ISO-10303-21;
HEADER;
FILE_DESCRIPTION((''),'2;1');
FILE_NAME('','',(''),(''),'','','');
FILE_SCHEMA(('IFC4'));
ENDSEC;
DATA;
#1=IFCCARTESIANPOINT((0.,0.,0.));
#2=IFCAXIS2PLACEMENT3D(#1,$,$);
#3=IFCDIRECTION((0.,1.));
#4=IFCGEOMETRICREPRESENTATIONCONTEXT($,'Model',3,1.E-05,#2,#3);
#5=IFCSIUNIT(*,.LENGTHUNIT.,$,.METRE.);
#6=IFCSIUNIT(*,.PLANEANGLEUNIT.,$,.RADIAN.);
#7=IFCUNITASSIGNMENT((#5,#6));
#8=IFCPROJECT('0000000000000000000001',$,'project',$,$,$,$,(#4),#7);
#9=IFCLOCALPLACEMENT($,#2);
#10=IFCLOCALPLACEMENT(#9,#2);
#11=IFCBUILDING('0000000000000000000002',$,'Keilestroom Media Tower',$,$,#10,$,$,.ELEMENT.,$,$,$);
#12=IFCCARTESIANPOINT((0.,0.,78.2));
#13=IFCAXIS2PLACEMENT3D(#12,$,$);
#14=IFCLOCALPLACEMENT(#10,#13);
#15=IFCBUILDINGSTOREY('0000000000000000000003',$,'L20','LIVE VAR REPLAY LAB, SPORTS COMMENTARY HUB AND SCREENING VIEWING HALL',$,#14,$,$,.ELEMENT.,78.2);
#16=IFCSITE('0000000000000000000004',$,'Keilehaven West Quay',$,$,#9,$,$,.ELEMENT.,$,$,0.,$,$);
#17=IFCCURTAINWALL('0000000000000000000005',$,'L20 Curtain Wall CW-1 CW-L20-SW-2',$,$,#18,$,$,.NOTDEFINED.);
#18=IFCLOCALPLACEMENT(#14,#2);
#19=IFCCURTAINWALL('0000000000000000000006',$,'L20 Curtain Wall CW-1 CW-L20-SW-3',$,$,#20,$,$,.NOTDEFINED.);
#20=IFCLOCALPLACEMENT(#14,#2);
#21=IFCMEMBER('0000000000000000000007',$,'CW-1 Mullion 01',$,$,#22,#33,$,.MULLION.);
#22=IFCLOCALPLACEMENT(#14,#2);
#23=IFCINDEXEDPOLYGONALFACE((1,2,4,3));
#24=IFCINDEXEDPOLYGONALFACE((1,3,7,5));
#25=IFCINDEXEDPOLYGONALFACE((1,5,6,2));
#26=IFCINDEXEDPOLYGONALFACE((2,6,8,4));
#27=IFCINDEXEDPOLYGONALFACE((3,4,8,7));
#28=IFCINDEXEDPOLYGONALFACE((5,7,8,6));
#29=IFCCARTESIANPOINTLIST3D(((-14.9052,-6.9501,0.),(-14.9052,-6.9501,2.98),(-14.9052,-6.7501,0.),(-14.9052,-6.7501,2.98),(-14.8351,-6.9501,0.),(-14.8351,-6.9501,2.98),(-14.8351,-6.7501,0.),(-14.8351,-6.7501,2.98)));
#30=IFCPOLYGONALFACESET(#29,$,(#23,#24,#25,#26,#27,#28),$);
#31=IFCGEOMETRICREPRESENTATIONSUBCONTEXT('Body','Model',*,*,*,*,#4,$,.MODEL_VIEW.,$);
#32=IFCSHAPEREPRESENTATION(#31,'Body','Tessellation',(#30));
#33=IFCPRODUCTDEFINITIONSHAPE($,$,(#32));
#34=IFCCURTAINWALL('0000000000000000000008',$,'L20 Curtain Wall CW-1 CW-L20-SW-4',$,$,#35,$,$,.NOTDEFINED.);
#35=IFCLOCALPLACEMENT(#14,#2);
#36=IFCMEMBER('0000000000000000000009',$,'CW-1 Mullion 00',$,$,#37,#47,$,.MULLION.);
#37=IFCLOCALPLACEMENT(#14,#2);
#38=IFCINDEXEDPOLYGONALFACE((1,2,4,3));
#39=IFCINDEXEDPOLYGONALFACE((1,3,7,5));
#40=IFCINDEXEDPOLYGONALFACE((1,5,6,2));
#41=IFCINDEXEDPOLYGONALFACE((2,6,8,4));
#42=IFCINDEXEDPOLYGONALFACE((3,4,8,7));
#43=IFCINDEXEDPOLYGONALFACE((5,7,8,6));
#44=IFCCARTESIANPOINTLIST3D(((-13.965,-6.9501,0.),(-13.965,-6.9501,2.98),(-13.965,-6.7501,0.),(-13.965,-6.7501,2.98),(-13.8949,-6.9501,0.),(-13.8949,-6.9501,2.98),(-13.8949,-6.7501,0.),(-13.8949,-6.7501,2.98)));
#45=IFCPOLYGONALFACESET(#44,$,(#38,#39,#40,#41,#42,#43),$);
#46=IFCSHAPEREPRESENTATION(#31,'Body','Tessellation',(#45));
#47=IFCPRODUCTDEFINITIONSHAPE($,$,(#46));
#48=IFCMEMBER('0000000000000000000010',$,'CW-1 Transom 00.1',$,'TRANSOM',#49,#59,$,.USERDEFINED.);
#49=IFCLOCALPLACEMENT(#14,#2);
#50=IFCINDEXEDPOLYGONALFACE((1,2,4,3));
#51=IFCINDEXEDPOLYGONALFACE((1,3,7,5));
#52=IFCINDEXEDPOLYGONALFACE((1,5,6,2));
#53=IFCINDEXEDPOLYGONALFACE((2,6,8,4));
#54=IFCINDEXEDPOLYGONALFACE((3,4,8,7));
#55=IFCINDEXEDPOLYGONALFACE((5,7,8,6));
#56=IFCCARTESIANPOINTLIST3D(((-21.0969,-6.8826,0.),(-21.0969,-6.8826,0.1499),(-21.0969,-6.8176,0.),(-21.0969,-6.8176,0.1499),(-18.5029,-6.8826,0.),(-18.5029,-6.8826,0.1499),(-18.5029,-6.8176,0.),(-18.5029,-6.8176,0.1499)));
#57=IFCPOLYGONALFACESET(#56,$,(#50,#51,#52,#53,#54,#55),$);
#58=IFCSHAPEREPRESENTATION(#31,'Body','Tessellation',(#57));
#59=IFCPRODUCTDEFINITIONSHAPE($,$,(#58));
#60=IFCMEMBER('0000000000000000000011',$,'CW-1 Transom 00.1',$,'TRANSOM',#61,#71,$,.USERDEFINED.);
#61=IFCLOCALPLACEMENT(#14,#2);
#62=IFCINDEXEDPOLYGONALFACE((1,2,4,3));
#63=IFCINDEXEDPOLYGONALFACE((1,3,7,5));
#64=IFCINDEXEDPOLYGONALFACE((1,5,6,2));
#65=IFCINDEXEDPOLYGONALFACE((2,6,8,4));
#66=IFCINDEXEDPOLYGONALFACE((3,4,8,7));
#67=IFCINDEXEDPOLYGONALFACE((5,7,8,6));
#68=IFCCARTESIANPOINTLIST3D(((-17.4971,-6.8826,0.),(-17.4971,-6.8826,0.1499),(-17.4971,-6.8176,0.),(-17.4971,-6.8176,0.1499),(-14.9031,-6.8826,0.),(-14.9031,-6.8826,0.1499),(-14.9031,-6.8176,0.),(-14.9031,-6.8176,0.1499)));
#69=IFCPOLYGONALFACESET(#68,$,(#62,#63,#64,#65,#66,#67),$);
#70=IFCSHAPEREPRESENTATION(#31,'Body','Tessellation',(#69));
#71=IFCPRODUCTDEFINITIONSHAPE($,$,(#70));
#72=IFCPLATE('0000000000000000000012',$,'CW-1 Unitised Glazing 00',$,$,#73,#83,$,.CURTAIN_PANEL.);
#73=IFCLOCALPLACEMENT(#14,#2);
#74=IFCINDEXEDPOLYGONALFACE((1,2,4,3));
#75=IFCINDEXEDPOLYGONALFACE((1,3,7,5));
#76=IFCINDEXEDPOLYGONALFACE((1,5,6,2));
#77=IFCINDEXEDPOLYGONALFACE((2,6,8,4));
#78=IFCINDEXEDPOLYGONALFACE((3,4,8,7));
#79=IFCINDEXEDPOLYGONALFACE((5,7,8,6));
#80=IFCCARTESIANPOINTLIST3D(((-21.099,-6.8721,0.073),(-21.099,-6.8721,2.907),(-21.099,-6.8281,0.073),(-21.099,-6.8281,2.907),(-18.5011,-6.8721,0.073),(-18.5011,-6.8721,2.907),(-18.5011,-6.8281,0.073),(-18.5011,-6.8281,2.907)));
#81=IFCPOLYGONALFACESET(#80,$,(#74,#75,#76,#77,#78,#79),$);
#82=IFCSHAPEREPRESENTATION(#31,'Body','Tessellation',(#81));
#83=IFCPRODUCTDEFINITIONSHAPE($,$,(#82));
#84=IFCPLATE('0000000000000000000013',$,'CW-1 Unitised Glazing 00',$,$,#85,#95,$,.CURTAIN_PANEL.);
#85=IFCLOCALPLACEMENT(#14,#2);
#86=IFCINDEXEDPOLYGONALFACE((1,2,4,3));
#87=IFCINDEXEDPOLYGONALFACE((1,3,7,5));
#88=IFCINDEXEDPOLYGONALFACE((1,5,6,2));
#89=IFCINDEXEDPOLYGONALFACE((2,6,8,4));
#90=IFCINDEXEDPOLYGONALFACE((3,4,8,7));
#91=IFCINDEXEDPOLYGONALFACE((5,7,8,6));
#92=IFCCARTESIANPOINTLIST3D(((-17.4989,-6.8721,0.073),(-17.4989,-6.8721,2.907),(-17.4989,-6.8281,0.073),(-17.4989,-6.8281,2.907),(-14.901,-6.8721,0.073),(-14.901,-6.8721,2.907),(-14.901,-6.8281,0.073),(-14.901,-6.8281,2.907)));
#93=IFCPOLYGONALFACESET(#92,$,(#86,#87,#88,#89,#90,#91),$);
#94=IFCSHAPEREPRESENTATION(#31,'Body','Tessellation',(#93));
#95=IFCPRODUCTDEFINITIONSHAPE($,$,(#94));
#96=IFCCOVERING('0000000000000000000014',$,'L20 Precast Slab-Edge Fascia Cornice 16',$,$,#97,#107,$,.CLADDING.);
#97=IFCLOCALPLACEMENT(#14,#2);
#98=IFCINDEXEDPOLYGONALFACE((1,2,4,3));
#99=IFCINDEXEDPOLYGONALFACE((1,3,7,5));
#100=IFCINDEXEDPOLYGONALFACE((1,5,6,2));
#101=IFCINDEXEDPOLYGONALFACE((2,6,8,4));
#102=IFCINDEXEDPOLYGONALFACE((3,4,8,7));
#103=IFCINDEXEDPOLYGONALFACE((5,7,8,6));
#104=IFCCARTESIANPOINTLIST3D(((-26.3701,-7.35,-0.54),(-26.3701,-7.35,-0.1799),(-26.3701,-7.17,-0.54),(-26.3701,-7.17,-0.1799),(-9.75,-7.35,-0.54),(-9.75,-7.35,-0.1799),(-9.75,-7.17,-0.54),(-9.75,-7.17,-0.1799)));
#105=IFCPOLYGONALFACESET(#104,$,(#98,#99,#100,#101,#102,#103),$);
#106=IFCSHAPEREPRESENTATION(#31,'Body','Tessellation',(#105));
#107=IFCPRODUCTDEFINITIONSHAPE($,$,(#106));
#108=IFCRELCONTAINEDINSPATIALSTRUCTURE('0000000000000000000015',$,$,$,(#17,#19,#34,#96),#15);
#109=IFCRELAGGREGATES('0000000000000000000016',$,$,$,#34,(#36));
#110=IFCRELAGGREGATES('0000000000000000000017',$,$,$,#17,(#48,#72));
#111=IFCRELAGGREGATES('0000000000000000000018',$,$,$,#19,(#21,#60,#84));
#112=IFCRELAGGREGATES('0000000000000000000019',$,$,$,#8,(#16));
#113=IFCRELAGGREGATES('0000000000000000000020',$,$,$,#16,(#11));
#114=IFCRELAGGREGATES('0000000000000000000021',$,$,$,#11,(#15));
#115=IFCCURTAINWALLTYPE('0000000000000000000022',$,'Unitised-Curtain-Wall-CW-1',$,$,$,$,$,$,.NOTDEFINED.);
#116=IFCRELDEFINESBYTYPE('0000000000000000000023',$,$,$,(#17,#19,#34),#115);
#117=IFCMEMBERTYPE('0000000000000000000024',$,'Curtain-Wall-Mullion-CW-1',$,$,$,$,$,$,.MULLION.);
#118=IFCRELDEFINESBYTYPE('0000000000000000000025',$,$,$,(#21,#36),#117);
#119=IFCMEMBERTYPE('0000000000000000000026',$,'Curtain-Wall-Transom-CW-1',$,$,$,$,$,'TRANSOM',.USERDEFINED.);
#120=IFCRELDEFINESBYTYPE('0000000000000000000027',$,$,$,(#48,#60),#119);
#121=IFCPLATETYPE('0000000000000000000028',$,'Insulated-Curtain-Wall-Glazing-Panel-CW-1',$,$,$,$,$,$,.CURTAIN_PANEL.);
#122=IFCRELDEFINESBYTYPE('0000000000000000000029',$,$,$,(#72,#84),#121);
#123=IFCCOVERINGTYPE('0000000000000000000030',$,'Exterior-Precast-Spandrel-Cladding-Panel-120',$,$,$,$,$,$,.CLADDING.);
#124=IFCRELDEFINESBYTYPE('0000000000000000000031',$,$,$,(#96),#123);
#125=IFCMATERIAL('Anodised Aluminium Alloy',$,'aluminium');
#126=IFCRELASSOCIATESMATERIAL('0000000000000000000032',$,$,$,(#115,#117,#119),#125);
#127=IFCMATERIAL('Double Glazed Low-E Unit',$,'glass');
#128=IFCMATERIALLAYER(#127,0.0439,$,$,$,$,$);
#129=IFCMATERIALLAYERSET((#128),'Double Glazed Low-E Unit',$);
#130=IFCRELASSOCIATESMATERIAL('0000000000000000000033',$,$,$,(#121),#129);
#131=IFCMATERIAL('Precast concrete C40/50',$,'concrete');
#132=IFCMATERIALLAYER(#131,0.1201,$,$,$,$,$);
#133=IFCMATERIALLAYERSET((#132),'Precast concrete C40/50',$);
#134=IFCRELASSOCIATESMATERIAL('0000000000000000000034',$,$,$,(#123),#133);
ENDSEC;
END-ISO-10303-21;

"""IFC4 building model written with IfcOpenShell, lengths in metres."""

from ifc_helpers import new_model, si_unit, direction, frame, origin, origin_2d, place, context, subcontext, project, spatial, rectangle, extrude, source, transform, mapped, material, layer, layer_set, material_profile, profile_set, type_object, element, aggregate, save


model = new_model("IFC4")

# Units and contexts
model_context = context("Model", 3, precision=1e-05, world=origin(), true_north=direction((0.0, 1.0)))
body_context = subcontext(model_context, "Body", "Model", "MODEL_VIEW")
ifc_project = project(units=[si_unit("LENGTHUNIT", "METRE"), si_unit("PLANEANGLEUNIT", "RADIAN")], contexts=[model_context])

# Site, building, storey
site_placement = place(None, origin())
site = spatial("IfcSite", under=ifc_project, at=site_placement, Name="Keilehaven West Quay", CompositionType="ELEMENT", RefElevation=0.0)
building_placement = place(site_placement, origin())
building = spatial("IfcBuilding", under=site, at=building_placement, Name="Keilestroom Media Tower", CompositionType="ELEMENT")
storey_placement = place(building_placement, frame((0.0, 0.0, 78.2)))
storey = spatial("IfcBuildingStorey", under=building, at=storey_placement, Name="L20", Description="LIVE VAR REPLAY LAB, SPORTS COMMENTARY HUB AND SCREENING VIEWING HALL", CompositionType="ELEMENT", Elevation=78.2)

# Shared definitions
ifc_material_1 = material(Name="Precast concrete C40/50", Category="concrete")

# Shared definitions
ifc_material_2 = material(Name="Anodised Aluminium Alloy", Category="aluminium")
curtain_wall_type = type_object("IfcCurtainWallType", Name="Unitised-Curtain-Wall-CW-1", PredefinedType="NOTDEFINED", material=ifc_material_2)
ifc_material_profile_1 = material_profile(ifc_material_2, rectangle(XDim=0.0701, YDim=0.2, at=origin_2d()), Name="ALU MULLION 70x200")
ifc_profile_set_1 = profile_set([ifc_material_profile_1], Name="Anodised Aluminium Alloy")
member_type_1 = type_object("IfcMemberType", Name="Curtain-Wall-Mullion-CW-1", PredefinedType="MULLION", material=ifc_profile_set_1)
shared_shape_1 = source(origin(), body_context, "Body", "SweptSolid", [
    extrude(rectangle(XDim=0.0701, YDim=0.2, at=origin_2d()), origin(), (0.0, 0.0, 1.0), 2.98),
])

# Curtain walls, member
curtain_wall_1_placement = place(storey_placement, origin())
curtain_wall_1 = element("IfcCurtainWall", 1, at=curtain_wall_1_placement, inside=storey, type_object=curtain_wall_type, Name="L20 Curtain Wall CW-1 CW-L20-SW-2", PredefinedType="NOTDEFINED")
curtain_wall_2_placement = place(storey_placement, origin())
curtain_wall_2 = element("IfcCurtainWall", 2, at=curtain_wall_2_placement, inside=storey, type_object=curtain_wall_type, Name="L20 Curtain Wall CW-1 CW-L20-SW-3", PredefinedType="NOTDEFINED")
member_1_placement = place(storey_placement, frame((-14.8701, -6.8501, 0.0), z_axis=(0.0, 0.0, 1.0), x_axis=(1.0, 0.0, 0.0)))
member_1 = element("IfcMember", 3, at=member_1_placement, type_object=member_type_1, Name="CW-1 Mullion 01", PredefinedType="MULLION", context=body_context, shape_type="MappedRepresentation", body=[
    mapped(shared_shape_1, transform((0.0, 0.0, 0.0), x_axis=(1.0, 0.0, 0.0), y_axis=(0.0, 1.0, 0.0), z_axis=(0.0, 0.0, 1.0), scale=1.0)),
])

# Curtain wall, member
curtain_wall_3_placement = place(storey_placement, origin())
curtain_wall_3 = element("IfcCurtainWall", 4, at=curtain_wall_3_placement, inside=storey, type_object=curtain_wall_type, Name="L20 Curtain Wall CW-1 CW-L20-SW-4", PredefinedType="NOTDEFINED")
member_2_placement = place(storey_placement, frame((-13.9299, -6.8501, 0.0), z_axis=(0.0, 0.0, 1.0), x_axis=(1.0, 0.0, 0.0)))
member_2 = element("IfcMember", 5, at=member_2_placement, type_object=member_type_1, Name="CW-1 Mullion 00", PredefinedType="MULLION", context=body_context, shape_type="MappedRepresentation", body=[
    mapped(shared_shape_1, transform((0.0, 0.0, 0.0), x_axis=(1.0, 0.0, 0.0), y_axis=(0.0, 1.0, 0.0), z_axis=(0.0, 0.0, 1.0), scale=1.0)),
])
aggregate(curtain_wall_3, [member_2])

# Members
ifc_material_profile_2 = material_profile(ifc_material_2, rectangle(XDim=0.0649, YDim=0.1499, at=origin_2d()), Name="ALU TRANSOM 65x150")
ifc_profile_set_2 = profile_set([ifc_material_profile_2], Name="Anodised Aluminium Alloy")
member_type_2 = type_object("IfcMemberType", Name="Curtain-Wall-Transom-CW-1", ElementType="TRANSOM", PredefinedType="USERDEFINED", material=ifc_profile_set_2)
shared_shape_2 = source(origin(), body_context, "Body", "SweptSolid", [
    extrude(rectangle(XDim=0.0649, YDim=0.1499, at=origin_2d()), origin(), (0.0, 0.0, 1.0), 2.594),
])
member_3_placement = place(storey_placement, frame((-21.0969, -6.8501, 0.075), z_axis=(1.0, 0.0, 0.0), x_axis=(0.0, 1.0, 0.0)))
member_3 = element("IfcMember", 6, at=member_3_placement, type_object=member_type_2, Name="CW-1 Transom 00.1", ObjectType="TRANSOM", PredefinedType="USERDEFINED", context=body_context, shape_type="MappedRepresentation", body=[
    mapped(shared_shape_2, transform((0.0, 0.0, 0.0), x_axis=(1.0, 0.0, 0.0), y_axis=(0.0, 1.0, 0.0), z_axis=(0.0, 0.0, 1.0), scale=1.0)),
])
member_4_placement = place(storey_placement, frame((-17.4971, -6.8501, 0.075), z_axis=(1.0, 0.0, 0.0), x_axis=(0.0, 1.0, 0.0)))
member_4 = element("IfcMember", 7, at=member_4_placement, type_object=member_type_2, Name="CW-1 Transom 00.1", ObjectType="TRANSOM", PredefinedType="USERDEFINED", context=body_context, shape_type="MappedRepresentation", body=[
    mapped(shared_shape_2, transform((0.0, 0.0, 0.0), x_axis=(1.0, 0.0, 0.0), y_axis=(0.0, 1.0, 0.0), z_axis=(0.0, 0.0, 1.0), scale=1.0)),
])

# Plates
ifc_material_3 = material(Name="Double Glazed Low-E Unit", Category="glass")
ifc_layer_1 = layer(ifc_material_3, 0.0439)
ifc_layer_set_1 = layer_set([ifc_layer_1], Name="Double Glazed Low-E Unit")
plate_type = type_object("IfcPlateType", Name="Insulated-Curtain-Wall-Glazing-Panel-CW-1", PredefinedType="CURTAIN_PANEL", material=ifc_layer_set_1)
shared_shape_3 = source(origin(), body_context, "Body", "SweptSolid", [
    extrude(rectangle(XDim=2.5979, YDim=0.0439, at=origin_2d()), origin(), (0.0, 0.0, 1.0), 2.834),
])
plate_1_placement = place(storey_placement, frame((-19.8, -6.8501, 0.073), z_axis=(0.0, 0.0, 1.0), x_axis=(1.0, 0.0, 0.0)))
plate_1 = element("IfcPlate", 8, at=plate_1_placement, type_object=plate_type, Name="CW-1 Unitised Glazing 00", PredefinedType="CURTAIN_PANEL", context=body_context, shape_type="MappedRepresentation", body=[
    mapped(shared_shape_3, transform((0.0, 0.0, 0.0), x_axis=(1.0, 0.0, 0.0), y_axis=(0.0, 1.0, 0.0), z_axis=(0.0, 0.0, 1.0), scale=1.0)),
])
aggregate(curtain_wall_1, [member_3, plate_1])
plate_2_placement = place(storey_placement, frame((-16.2, -6.8501, 0.073), z_axis=(0.0, 0.0, 1.0), x_axis=(1.0, 0.0, 0.0)))
plate_2 = element("IfcPlate", 9, at=plate_2_placement, type_object=plate_type, Name="CW-1 Unitised Glazing 00", PredefinedType="CURTAIN_PANEL", context=body_context, shape_type="MappedRepresentation", body=[
    mapped(shared_shape_3, transform((0.0, 0.0, 0.0), x_axis=(1.0, 0.0, 0.0), y_axis=(0.0, 1.0, 0.0), z_axis=(0.0, 0.0, 1.0), scale=1.0)),
])
aggregate(curtain_wall_2, [member_1, member_4, plate_2])

# Covering
ifc_layer_2 = layer(ifc_material_1, 0.1201)
ifc_layer_set_2 = layer_set([ifc_layer_2], Name="Precast concrete C40/50")
covering_type = type_object("IfcCoveringType", Name="Exterior-Precast-Spandrel-Cladding-Panel-120", PredefinedType="CLADDING", material=ifc_layer_set_2)
shared_shape_4 = source(origin(), body_context, "Body", "SweptSolid", [
    extrude(rectangle(XDim=16.6201, YDim=0.1799, at=origin_2d()), origin(), (0.0, 0.0, 1.0), 0.3601),
])
covering_placement = place(storey_placement, frame((-18.0601, -7.26, -0.54), z_axis=(0.0, 0.0, 1.0), x_axis=(-1.0, 0.0, 0.0)))
element("IfcCovering", 10, at=covering_placement, inside=storey, type_object=covering_type, Name="L20 Precast Slab-Edge Fascia Cornice 16", PredefinedType="CLADDING", context=body_context, shape_type="MappedRepresentation", body=[
    mapped(shared_shape_4, transform((0.0, 0.0, 0.0), x_axis=(1.0, 0.0, 0.0), y_axis=(0.0, 1.0, 0.0), z_axis=(0.0, 0.0, 1.0), scale=1.0)),
])

save(model, "model.ifc")
